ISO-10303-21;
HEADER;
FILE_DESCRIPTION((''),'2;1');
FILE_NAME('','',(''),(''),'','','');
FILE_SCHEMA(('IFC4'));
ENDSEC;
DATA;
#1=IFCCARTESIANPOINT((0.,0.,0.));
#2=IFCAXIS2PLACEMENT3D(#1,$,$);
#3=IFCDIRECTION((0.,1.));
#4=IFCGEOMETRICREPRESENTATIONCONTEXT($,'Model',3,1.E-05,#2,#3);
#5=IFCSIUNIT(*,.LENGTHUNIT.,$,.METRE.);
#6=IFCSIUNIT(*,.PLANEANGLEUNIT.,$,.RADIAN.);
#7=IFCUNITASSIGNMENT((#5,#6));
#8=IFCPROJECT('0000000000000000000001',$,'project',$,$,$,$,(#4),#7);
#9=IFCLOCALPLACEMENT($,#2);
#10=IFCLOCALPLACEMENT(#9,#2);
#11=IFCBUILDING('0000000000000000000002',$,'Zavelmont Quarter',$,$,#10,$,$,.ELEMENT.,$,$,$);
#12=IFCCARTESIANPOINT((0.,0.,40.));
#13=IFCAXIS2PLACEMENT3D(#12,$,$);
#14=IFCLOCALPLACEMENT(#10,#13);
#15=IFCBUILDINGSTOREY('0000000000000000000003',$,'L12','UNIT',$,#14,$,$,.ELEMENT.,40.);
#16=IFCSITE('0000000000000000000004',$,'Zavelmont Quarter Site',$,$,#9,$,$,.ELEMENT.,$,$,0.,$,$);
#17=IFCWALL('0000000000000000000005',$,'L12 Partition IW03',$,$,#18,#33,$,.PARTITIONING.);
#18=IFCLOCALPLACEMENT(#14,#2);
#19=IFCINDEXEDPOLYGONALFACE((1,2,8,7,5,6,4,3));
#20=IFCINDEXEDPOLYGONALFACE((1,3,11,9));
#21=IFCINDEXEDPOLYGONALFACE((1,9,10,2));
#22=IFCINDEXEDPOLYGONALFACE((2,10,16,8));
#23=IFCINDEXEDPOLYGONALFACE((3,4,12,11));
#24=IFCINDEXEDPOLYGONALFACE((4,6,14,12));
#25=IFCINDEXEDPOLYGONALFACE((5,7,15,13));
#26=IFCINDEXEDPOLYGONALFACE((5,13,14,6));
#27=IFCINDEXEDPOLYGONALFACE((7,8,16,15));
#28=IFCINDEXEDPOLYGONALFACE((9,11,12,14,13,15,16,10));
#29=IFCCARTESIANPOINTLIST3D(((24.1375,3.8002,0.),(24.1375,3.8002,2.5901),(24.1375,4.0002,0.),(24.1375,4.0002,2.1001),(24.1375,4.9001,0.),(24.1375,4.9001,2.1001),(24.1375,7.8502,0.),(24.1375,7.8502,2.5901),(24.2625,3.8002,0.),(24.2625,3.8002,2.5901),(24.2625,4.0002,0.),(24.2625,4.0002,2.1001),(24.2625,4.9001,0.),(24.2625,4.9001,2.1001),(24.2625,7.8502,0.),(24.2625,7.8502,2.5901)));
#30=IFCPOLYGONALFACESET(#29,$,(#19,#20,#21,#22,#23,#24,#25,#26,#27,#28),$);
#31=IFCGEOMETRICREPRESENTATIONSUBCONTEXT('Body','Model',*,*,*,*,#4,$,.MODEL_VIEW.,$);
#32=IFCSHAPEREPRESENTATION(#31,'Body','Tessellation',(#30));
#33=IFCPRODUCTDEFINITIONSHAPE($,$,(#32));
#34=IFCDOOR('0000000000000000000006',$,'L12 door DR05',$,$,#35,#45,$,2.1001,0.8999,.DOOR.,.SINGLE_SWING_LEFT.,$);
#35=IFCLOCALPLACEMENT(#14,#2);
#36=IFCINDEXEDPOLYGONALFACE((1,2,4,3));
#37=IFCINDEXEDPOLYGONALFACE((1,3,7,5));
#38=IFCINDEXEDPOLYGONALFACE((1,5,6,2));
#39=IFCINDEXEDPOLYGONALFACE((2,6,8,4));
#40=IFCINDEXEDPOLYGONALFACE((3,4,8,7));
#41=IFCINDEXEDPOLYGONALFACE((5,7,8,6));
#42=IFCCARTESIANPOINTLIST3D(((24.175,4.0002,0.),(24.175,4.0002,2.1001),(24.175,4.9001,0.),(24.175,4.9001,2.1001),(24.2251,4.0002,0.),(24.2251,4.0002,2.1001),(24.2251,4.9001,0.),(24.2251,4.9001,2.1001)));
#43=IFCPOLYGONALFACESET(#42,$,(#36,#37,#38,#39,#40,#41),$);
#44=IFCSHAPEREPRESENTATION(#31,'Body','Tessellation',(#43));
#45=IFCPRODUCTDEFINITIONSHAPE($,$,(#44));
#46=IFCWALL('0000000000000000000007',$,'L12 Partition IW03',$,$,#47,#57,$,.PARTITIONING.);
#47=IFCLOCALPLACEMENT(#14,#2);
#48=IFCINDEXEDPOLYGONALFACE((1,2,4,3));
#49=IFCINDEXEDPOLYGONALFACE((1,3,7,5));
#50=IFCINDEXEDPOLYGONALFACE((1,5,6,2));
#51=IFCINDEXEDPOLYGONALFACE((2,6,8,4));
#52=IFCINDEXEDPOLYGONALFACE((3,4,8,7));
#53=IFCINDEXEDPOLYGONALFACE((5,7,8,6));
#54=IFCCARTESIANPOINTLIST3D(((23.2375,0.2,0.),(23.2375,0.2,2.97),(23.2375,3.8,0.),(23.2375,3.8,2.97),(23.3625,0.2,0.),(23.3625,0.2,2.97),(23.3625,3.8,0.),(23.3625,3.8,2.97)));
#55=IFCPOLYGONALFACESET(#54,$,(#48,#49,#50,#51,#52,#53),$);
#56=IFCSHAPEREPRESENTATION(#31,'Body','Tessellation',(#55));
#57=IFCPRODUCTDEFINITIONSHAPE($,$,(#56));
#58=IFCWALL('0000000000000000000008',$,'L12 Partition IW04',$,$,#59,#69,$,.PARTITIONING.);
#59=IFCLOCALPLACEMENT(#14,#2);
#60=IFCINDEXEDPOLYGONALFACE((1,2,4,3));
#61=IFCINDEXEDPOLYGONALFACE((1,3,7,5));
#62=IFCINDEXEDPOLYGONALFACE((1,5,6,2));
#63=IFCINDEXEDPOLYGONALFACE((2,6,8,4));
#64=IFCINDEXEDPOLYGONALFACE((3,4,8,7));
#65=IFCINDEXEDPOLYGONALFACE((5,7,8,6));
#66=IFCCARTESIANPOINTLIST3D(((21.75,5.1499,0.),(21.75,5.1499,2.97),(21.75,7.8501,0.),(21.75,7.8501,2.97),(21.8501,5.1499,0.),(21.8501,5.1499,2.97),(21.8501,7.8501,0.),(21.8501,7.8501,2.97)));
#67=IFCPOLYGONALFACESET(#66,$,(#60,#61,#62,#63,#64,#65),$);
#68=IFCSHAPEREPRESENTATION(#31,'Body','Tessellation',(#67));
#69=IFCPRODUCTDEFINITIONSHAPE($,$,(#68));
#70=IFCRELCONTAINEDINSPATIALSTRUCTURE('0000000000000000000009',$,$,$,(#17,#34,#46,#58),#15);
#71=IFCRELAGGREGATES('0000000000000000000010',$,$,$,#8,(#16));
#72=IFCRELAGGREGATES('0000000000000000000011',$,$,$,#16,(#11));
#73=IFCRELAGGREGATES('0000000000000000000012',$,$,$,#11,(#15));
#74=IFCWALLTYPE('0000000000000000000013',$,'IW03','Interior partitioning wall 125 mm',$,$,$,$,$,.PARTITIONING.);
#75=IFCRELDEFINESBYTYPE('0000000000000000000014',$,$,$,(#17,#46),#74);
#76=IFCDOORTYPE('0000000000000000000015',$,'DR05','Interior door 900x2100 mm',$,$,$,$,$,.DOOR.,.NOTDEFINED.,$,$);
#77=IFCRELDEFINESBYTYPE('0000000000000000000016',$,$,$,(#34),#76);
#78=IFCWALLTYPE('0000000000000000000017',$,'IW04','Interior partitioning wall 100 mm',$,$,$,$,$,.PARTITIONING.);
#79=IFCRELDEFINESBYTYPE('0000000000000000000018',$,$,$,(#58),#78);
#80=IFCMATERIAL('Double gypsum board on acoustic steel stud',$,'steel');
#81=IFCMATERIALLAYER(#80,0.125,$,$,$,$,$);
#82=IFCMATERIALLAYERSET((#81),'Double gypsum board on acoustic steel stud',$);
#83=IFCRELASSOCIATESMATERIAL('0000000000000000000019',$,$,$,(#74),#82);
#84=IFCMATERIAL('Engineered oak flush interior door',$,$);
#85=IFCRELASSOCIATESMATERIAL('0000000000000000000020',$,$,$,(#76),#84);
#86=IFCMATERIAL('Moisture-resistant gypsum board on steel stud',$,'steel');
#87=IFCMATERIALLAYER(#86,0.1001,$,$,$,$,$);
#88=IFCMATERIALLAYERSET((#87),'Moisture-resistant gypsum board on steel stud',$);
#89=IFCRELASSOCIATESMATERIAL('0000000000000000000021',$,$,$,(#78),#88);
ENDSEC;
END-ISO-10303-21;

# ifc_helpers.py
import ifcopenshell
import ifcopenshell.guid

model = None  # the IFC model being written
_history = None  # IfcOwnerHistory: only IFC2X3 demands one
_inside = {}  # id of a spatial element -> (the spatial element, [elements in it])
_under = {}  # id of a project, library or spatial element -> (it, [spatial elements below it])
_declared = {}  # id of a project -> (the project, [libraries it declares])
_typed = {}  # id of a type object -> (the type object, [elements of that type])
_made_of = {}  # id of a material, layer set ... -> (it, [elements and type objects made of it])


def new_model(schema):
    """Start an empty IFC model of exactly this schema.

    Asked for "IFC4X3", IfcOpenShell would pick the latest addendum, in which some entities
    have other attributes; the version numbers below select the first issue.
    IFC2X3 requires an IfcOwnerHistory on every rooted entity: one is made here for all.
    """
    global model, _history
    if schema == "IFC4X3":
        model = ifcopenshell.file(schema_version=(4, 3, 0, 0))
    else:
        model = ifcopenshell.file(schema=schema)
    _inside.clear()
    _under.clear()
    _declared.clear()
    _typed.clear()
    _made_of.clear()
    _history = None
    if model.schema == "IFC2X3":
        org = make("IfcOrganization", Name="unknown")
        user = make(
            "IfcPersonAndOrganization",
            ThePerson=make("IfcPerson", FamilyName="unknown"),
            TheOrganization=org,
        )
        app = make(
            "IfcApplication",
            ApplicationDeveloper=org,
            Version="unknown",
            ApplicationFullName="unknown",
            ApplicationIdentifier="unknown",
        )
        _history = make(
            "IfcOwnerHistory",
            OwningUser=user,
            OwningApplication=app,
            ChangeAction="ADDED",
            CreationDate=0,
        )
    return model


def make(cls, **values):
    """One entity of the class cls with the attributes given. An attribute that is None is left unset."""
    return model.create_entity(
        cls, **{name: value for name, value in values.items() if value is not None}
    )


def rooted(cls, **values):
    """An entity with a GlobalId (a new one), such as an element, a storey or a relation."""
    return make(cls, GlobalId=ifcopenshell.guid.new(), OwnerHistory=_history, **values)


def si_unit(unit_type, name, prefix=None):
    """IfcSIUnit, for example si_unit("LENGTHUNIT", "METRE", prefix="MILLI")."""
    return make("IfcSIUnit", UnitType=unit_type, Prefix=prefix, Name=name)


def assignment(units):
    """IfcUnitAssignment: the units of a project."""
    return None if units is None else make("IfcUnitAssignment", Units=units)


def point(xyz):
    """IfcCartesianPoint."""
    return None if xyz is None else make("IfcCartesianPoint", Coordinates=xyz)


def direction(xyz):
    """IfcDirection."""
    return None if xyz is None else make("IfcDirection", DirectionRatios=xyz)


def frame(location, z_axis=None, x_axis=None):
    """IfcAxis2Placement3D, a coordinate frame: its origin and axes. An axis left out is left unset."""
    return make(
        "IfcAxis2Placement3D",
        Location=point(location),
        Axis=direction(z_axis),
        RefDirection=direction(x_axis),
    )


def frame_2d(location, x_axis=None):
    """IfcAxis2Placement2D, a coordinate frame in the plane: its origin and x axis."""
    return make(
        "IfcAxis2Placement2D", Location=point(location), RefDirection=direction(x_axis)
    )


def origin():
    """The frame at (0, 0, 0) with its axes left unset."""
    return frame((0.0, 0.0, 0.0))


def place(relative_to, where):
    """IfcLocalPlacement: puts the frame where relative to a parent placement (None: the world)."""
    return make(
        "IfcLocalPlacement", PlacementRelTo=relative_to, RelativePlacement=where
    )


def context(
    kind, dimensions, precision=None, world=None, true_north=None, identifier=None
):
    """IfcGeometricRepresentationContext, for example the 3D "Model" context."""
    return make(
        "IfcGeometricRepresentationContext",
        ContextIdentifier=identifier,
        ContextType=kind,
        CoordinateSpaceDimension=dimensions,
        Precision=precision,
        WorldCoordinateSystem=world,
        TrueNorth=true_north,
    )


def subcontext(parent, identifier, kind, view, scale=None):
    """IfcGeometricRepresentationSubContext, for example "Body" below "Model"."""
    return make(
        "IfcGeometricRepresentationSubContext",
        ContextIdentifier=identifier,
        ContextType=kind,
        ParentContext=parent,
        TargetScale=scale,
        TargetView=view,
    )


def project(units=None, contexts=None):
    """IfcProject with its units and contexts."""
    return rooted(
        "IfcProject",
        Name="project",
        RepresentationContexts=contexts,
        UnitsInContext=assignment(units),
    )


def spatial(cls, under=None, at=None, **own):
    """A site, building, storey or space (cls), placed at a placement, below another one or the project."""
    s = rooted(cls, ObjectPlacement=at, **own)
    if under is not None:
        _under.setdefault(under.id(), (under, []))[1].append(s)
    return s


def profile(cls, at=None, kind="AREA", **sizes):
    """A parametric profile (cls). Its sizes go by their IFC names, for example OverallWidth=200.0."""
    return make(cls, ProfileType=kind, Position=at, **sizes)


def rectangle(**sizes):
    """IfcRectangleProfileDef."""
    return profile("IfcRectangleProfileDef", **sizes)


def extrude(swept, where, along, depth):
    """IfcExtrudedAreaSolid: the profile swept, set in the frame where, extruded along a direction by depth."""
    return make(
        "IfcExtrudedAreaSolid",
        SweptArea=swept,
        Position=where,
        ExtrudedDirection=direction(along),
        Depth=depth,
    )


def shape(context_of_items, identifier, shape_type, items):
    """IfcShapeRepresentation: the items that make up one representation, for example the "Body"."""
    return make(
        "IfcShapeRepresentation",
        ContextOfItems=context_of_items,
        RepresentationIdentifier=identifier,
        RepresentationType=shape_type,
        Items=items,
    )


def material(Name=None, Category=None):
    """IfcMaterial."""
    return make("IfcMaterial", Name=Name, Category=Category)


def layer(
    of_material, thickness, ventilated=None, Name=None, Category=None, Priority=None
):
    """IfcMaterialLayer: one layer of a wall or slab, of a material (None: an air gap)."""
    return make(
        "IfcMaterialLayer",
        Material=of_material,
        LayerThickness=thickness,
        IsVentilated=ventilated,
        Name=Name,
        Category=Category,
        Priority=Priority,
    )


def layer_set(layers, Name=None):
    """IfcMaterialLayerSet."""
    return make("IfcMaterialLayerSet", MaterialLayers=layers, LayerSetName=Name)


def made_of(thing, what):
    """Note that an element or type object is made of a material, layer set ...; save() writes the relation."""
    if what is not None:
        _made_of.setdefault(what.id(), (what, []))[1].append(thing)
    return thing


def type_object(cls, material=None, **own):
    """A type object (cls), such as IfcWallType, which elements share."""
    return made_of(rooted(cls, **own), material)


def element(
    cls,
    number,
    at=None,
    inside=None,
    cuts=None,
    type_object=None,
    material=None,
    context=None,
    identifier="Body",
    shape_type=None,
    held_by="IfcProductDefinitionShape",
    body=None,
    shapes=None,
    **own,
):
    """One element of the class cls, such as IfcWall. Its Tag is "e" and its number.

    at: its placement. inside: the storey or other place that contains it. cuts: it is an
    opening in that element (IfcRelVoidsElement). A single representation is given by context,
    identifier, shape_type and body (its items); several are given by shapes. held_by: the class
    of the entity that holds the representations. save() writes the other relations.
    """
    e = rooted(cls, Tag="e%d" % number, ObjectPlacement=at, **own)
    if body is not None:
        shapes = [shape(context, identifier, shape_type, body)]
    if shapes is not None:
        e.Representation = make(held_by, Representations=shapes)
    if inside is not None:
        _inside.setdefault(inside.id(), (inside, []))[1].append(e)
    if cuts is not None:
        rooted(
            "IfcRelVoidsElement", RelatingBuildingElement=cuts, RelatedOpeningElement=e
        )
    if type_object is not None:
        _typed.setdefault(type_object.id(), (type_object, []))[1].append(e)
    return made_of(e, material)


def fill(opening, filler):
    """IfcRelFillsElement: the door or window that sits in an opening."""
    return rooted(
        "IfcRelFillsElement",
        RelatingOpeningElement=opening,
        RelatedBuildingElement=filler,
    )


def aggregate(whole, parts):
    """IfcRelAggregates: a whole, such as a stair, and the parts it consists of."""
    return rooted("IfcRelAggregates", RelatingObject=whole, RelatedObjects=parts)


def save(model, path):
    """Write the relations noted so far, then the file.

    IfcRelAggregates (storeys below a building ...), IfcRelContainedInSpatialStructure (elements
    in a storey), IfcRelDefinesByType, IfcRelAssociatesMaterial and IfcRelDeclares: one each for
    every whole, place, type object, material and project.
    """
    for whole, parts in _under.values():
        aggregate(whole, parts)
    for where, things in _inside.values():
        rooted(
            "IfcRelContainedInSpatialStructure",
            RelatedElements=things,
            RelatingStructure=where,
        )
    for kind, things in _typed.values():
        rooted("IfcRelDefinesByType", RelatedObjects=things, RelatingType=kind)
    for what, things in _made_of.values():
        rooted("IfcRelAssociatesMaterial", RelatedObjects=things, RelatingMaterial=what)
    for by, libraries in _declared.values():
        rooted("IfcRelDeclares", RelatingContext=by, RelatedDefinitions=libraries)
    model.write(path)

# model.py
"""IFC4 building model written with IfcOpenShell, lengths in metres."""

from ifc_helpers import new_model, si_unit, direction, frame, frame_2d, origin, place, context, subcontext, project, spatial, rectangle, extrude, material, layer, layer_set, type_object, element, fill, save


model = new_model("IFC4")

# Units and contexts
model_context = context("Model", 3, precision=1e-05, world=origin(), true_north=direction((0.0, 1.0)))
body_context = subcontext(model_context, "Body", "Model", "MODEL_VIEW")
ifc_project = project(units=[si_unit("LENGTHUNIT", "METRE"), si_unit("PLANEANGLEUNIT", "RADIAN")], contexts=[model_context])

# Site, building, storey
site_placement = place(None, origin())
site = spatial("IfcSite", under=ifc_project, at=site_placement, Name="Zavelmont Quarter Site", CompositionType="ELEMENT", RefElevation=0.0)
building_placement = place(site_placement, origin())
building = spatial("IfcBuilding", under=site, at=building_placement, Name="Zavelmont Quarter", CompositionType="ELEMENT")
storey_placement = place(building_placement, frame((0.0, 0.0, 40.0)))
storey = spatial("IfcBuildingStorey", under=building, at=storey_placement, Name="L12", Description="UNIT", CompositionType="ELEMENT", Elevation=40.0)

# Wall, opening, door
ifc_material_1 = material(Name="Double gypsum board on acoustic steel stud", Category="steel")
ifc_layer_1 = layer(ifc_material_1, 0.125)
ifc_layer_set_1 = layer_set([ifc_layer_1], Name="Double gypsum board on acoustic steel stud")
wall_type_1 = type_object("IfcWallType", Name="IW03", Description="Interior partitioning wall 125 mm", PredefinedType="PARTITIONING", material=ifc_layer_set_1)
wall_1_placement = place(storey_placement, frame((24.2, 7.8501, 0.0), z_axis=(0.0, 0.0, 1.0), x_axis=(0.0, -1.0, 0.0)))
wall_1 = element("IfcWall", 1, at=wall_1_placement, inside=storey, type_object=wall_type_1, Name="L12 Partition IW03", PredefinedType="PARTITIONING", context=body_context, shape_type="SweptSolid", body=[
    extrude(rectangle(XDim=4.05, YDim=0.125, at=frame_2d((2.0249, 0.0))), origin(), (0.0, 0.0, 1.0), 2.5901),
])
opening_placement = place(wall_1_placement, frame((2.95, 0.0, 0.0)))
opening = element("IfcOpeningElement", 2, at=opening_placement, cuts=wall_1, PredefinedType="OPENING", context=body_context, shape_type="SweptSolid", body=[
    extrude(rectangle(XDim=0.8999, YDim=2.1001, at=frame_2d((0.45, 1.05))), frame((0.0, 0.0745, 0.0), z_axis=(0.0, -1.0, 0.0), x_axis=(1.0, 0.0, 0.0)), (0.0, 0.0, 1.0), 0.1489),
])
ifc_material_2 = material(Name="Engineered oak flush interior door")
door_type = type_object("IfcDoorType", Name="DR05", Description="Interior door 900x2100 mm", OperationType="NOTDEFINED", PredefinedType="DOOR", material=ifc_material_2)
door_placement = place(opening_placement, frame((0.8999, 0.0, 0.0), z_axis=(0.0, 0.0, 1.0), x_axis=(-1.0, 0.0, 0.0)))
door = element("IfcDoor", 3, at=door_placement, inside=storey, type_object=door_type, Name="L12 door DR05", OperationType="SINGLE_SWING_LEFT", OverallHeight=2.1001, OverallWidth=0.8999, PredefinedType="DOOR", context=body_context, shape_type="SweptSolid", body=[
    extrude(rectangle(XDim=0.8999, YDim=2.1001, at=frame_2d((0.45, 1.05))), frame((0.0, 0.0249, 0.0), z_axis=(0.0, -1.0, 0.0), x_axis=(1.0, 0.0, 0.0)), (0.0, 0.0, 1.0), 0.05),
])
fill(opening, door)

# Walls
wall_2_placement = place(storey_placement, frame((23.3, 3.8, 0.0), z_axis=(0.0, 0.0, 1.0), x_axis=(0.0, -1.0, 0.0)))
element("IfcWall", 4, at=wall_2_placement, inside=storey, type_object=wall_type_1, Name="L12 Partition IW03", PredefinedType="PARTITIONING", context=body_context, shape_type="SweptSolid", body=[
    extrude(rectangle(XDim=3.6001, YDim=0.125, at=frame_2d((1.8, 0.0))), origin(), (0.0, 0.0, 1.0), 2.97),
])
ifc_material_3 = material(Name="Moisture-resistant gypsum board on steel stud", Category="steel")
ifc_layer_2 = layer(ifc_material_3, 0.1001)
ifc_layer_set_2 = layer_set([ifc_layer_2], Name="Moisture-resistant gypsum board on steel stud")
wall_type_2 = type_object("IfcWallType", Name="IW04", Description="Interior partitioning wall 100 mm", PredefinedType="PARTITIONING", material=ifc_layer_set_2)
wall_3_placement = place(storey_placement, frame((21.8, 7.8501, 0.0), z_axis=(0.0, 0.0, 1.0), x_axis=(0.0, -1.0, 0.0)))
element("IfcWall", 5, at=wall_3_placement, inside=storey, type_object=wall_type_2, Name="L12 Partition IW04", PredefinedType="PARTITIONING", context=body_context, shape_type="SweptSolid", body=[
    extrude(rectangle(XDim=2.7002, YDim=0.1001, at=frame_2d((1.3501, 0.0))), origin(), (0.0, 0.0, 1.0), 2.97),
])

save(model, "model.ifc")
